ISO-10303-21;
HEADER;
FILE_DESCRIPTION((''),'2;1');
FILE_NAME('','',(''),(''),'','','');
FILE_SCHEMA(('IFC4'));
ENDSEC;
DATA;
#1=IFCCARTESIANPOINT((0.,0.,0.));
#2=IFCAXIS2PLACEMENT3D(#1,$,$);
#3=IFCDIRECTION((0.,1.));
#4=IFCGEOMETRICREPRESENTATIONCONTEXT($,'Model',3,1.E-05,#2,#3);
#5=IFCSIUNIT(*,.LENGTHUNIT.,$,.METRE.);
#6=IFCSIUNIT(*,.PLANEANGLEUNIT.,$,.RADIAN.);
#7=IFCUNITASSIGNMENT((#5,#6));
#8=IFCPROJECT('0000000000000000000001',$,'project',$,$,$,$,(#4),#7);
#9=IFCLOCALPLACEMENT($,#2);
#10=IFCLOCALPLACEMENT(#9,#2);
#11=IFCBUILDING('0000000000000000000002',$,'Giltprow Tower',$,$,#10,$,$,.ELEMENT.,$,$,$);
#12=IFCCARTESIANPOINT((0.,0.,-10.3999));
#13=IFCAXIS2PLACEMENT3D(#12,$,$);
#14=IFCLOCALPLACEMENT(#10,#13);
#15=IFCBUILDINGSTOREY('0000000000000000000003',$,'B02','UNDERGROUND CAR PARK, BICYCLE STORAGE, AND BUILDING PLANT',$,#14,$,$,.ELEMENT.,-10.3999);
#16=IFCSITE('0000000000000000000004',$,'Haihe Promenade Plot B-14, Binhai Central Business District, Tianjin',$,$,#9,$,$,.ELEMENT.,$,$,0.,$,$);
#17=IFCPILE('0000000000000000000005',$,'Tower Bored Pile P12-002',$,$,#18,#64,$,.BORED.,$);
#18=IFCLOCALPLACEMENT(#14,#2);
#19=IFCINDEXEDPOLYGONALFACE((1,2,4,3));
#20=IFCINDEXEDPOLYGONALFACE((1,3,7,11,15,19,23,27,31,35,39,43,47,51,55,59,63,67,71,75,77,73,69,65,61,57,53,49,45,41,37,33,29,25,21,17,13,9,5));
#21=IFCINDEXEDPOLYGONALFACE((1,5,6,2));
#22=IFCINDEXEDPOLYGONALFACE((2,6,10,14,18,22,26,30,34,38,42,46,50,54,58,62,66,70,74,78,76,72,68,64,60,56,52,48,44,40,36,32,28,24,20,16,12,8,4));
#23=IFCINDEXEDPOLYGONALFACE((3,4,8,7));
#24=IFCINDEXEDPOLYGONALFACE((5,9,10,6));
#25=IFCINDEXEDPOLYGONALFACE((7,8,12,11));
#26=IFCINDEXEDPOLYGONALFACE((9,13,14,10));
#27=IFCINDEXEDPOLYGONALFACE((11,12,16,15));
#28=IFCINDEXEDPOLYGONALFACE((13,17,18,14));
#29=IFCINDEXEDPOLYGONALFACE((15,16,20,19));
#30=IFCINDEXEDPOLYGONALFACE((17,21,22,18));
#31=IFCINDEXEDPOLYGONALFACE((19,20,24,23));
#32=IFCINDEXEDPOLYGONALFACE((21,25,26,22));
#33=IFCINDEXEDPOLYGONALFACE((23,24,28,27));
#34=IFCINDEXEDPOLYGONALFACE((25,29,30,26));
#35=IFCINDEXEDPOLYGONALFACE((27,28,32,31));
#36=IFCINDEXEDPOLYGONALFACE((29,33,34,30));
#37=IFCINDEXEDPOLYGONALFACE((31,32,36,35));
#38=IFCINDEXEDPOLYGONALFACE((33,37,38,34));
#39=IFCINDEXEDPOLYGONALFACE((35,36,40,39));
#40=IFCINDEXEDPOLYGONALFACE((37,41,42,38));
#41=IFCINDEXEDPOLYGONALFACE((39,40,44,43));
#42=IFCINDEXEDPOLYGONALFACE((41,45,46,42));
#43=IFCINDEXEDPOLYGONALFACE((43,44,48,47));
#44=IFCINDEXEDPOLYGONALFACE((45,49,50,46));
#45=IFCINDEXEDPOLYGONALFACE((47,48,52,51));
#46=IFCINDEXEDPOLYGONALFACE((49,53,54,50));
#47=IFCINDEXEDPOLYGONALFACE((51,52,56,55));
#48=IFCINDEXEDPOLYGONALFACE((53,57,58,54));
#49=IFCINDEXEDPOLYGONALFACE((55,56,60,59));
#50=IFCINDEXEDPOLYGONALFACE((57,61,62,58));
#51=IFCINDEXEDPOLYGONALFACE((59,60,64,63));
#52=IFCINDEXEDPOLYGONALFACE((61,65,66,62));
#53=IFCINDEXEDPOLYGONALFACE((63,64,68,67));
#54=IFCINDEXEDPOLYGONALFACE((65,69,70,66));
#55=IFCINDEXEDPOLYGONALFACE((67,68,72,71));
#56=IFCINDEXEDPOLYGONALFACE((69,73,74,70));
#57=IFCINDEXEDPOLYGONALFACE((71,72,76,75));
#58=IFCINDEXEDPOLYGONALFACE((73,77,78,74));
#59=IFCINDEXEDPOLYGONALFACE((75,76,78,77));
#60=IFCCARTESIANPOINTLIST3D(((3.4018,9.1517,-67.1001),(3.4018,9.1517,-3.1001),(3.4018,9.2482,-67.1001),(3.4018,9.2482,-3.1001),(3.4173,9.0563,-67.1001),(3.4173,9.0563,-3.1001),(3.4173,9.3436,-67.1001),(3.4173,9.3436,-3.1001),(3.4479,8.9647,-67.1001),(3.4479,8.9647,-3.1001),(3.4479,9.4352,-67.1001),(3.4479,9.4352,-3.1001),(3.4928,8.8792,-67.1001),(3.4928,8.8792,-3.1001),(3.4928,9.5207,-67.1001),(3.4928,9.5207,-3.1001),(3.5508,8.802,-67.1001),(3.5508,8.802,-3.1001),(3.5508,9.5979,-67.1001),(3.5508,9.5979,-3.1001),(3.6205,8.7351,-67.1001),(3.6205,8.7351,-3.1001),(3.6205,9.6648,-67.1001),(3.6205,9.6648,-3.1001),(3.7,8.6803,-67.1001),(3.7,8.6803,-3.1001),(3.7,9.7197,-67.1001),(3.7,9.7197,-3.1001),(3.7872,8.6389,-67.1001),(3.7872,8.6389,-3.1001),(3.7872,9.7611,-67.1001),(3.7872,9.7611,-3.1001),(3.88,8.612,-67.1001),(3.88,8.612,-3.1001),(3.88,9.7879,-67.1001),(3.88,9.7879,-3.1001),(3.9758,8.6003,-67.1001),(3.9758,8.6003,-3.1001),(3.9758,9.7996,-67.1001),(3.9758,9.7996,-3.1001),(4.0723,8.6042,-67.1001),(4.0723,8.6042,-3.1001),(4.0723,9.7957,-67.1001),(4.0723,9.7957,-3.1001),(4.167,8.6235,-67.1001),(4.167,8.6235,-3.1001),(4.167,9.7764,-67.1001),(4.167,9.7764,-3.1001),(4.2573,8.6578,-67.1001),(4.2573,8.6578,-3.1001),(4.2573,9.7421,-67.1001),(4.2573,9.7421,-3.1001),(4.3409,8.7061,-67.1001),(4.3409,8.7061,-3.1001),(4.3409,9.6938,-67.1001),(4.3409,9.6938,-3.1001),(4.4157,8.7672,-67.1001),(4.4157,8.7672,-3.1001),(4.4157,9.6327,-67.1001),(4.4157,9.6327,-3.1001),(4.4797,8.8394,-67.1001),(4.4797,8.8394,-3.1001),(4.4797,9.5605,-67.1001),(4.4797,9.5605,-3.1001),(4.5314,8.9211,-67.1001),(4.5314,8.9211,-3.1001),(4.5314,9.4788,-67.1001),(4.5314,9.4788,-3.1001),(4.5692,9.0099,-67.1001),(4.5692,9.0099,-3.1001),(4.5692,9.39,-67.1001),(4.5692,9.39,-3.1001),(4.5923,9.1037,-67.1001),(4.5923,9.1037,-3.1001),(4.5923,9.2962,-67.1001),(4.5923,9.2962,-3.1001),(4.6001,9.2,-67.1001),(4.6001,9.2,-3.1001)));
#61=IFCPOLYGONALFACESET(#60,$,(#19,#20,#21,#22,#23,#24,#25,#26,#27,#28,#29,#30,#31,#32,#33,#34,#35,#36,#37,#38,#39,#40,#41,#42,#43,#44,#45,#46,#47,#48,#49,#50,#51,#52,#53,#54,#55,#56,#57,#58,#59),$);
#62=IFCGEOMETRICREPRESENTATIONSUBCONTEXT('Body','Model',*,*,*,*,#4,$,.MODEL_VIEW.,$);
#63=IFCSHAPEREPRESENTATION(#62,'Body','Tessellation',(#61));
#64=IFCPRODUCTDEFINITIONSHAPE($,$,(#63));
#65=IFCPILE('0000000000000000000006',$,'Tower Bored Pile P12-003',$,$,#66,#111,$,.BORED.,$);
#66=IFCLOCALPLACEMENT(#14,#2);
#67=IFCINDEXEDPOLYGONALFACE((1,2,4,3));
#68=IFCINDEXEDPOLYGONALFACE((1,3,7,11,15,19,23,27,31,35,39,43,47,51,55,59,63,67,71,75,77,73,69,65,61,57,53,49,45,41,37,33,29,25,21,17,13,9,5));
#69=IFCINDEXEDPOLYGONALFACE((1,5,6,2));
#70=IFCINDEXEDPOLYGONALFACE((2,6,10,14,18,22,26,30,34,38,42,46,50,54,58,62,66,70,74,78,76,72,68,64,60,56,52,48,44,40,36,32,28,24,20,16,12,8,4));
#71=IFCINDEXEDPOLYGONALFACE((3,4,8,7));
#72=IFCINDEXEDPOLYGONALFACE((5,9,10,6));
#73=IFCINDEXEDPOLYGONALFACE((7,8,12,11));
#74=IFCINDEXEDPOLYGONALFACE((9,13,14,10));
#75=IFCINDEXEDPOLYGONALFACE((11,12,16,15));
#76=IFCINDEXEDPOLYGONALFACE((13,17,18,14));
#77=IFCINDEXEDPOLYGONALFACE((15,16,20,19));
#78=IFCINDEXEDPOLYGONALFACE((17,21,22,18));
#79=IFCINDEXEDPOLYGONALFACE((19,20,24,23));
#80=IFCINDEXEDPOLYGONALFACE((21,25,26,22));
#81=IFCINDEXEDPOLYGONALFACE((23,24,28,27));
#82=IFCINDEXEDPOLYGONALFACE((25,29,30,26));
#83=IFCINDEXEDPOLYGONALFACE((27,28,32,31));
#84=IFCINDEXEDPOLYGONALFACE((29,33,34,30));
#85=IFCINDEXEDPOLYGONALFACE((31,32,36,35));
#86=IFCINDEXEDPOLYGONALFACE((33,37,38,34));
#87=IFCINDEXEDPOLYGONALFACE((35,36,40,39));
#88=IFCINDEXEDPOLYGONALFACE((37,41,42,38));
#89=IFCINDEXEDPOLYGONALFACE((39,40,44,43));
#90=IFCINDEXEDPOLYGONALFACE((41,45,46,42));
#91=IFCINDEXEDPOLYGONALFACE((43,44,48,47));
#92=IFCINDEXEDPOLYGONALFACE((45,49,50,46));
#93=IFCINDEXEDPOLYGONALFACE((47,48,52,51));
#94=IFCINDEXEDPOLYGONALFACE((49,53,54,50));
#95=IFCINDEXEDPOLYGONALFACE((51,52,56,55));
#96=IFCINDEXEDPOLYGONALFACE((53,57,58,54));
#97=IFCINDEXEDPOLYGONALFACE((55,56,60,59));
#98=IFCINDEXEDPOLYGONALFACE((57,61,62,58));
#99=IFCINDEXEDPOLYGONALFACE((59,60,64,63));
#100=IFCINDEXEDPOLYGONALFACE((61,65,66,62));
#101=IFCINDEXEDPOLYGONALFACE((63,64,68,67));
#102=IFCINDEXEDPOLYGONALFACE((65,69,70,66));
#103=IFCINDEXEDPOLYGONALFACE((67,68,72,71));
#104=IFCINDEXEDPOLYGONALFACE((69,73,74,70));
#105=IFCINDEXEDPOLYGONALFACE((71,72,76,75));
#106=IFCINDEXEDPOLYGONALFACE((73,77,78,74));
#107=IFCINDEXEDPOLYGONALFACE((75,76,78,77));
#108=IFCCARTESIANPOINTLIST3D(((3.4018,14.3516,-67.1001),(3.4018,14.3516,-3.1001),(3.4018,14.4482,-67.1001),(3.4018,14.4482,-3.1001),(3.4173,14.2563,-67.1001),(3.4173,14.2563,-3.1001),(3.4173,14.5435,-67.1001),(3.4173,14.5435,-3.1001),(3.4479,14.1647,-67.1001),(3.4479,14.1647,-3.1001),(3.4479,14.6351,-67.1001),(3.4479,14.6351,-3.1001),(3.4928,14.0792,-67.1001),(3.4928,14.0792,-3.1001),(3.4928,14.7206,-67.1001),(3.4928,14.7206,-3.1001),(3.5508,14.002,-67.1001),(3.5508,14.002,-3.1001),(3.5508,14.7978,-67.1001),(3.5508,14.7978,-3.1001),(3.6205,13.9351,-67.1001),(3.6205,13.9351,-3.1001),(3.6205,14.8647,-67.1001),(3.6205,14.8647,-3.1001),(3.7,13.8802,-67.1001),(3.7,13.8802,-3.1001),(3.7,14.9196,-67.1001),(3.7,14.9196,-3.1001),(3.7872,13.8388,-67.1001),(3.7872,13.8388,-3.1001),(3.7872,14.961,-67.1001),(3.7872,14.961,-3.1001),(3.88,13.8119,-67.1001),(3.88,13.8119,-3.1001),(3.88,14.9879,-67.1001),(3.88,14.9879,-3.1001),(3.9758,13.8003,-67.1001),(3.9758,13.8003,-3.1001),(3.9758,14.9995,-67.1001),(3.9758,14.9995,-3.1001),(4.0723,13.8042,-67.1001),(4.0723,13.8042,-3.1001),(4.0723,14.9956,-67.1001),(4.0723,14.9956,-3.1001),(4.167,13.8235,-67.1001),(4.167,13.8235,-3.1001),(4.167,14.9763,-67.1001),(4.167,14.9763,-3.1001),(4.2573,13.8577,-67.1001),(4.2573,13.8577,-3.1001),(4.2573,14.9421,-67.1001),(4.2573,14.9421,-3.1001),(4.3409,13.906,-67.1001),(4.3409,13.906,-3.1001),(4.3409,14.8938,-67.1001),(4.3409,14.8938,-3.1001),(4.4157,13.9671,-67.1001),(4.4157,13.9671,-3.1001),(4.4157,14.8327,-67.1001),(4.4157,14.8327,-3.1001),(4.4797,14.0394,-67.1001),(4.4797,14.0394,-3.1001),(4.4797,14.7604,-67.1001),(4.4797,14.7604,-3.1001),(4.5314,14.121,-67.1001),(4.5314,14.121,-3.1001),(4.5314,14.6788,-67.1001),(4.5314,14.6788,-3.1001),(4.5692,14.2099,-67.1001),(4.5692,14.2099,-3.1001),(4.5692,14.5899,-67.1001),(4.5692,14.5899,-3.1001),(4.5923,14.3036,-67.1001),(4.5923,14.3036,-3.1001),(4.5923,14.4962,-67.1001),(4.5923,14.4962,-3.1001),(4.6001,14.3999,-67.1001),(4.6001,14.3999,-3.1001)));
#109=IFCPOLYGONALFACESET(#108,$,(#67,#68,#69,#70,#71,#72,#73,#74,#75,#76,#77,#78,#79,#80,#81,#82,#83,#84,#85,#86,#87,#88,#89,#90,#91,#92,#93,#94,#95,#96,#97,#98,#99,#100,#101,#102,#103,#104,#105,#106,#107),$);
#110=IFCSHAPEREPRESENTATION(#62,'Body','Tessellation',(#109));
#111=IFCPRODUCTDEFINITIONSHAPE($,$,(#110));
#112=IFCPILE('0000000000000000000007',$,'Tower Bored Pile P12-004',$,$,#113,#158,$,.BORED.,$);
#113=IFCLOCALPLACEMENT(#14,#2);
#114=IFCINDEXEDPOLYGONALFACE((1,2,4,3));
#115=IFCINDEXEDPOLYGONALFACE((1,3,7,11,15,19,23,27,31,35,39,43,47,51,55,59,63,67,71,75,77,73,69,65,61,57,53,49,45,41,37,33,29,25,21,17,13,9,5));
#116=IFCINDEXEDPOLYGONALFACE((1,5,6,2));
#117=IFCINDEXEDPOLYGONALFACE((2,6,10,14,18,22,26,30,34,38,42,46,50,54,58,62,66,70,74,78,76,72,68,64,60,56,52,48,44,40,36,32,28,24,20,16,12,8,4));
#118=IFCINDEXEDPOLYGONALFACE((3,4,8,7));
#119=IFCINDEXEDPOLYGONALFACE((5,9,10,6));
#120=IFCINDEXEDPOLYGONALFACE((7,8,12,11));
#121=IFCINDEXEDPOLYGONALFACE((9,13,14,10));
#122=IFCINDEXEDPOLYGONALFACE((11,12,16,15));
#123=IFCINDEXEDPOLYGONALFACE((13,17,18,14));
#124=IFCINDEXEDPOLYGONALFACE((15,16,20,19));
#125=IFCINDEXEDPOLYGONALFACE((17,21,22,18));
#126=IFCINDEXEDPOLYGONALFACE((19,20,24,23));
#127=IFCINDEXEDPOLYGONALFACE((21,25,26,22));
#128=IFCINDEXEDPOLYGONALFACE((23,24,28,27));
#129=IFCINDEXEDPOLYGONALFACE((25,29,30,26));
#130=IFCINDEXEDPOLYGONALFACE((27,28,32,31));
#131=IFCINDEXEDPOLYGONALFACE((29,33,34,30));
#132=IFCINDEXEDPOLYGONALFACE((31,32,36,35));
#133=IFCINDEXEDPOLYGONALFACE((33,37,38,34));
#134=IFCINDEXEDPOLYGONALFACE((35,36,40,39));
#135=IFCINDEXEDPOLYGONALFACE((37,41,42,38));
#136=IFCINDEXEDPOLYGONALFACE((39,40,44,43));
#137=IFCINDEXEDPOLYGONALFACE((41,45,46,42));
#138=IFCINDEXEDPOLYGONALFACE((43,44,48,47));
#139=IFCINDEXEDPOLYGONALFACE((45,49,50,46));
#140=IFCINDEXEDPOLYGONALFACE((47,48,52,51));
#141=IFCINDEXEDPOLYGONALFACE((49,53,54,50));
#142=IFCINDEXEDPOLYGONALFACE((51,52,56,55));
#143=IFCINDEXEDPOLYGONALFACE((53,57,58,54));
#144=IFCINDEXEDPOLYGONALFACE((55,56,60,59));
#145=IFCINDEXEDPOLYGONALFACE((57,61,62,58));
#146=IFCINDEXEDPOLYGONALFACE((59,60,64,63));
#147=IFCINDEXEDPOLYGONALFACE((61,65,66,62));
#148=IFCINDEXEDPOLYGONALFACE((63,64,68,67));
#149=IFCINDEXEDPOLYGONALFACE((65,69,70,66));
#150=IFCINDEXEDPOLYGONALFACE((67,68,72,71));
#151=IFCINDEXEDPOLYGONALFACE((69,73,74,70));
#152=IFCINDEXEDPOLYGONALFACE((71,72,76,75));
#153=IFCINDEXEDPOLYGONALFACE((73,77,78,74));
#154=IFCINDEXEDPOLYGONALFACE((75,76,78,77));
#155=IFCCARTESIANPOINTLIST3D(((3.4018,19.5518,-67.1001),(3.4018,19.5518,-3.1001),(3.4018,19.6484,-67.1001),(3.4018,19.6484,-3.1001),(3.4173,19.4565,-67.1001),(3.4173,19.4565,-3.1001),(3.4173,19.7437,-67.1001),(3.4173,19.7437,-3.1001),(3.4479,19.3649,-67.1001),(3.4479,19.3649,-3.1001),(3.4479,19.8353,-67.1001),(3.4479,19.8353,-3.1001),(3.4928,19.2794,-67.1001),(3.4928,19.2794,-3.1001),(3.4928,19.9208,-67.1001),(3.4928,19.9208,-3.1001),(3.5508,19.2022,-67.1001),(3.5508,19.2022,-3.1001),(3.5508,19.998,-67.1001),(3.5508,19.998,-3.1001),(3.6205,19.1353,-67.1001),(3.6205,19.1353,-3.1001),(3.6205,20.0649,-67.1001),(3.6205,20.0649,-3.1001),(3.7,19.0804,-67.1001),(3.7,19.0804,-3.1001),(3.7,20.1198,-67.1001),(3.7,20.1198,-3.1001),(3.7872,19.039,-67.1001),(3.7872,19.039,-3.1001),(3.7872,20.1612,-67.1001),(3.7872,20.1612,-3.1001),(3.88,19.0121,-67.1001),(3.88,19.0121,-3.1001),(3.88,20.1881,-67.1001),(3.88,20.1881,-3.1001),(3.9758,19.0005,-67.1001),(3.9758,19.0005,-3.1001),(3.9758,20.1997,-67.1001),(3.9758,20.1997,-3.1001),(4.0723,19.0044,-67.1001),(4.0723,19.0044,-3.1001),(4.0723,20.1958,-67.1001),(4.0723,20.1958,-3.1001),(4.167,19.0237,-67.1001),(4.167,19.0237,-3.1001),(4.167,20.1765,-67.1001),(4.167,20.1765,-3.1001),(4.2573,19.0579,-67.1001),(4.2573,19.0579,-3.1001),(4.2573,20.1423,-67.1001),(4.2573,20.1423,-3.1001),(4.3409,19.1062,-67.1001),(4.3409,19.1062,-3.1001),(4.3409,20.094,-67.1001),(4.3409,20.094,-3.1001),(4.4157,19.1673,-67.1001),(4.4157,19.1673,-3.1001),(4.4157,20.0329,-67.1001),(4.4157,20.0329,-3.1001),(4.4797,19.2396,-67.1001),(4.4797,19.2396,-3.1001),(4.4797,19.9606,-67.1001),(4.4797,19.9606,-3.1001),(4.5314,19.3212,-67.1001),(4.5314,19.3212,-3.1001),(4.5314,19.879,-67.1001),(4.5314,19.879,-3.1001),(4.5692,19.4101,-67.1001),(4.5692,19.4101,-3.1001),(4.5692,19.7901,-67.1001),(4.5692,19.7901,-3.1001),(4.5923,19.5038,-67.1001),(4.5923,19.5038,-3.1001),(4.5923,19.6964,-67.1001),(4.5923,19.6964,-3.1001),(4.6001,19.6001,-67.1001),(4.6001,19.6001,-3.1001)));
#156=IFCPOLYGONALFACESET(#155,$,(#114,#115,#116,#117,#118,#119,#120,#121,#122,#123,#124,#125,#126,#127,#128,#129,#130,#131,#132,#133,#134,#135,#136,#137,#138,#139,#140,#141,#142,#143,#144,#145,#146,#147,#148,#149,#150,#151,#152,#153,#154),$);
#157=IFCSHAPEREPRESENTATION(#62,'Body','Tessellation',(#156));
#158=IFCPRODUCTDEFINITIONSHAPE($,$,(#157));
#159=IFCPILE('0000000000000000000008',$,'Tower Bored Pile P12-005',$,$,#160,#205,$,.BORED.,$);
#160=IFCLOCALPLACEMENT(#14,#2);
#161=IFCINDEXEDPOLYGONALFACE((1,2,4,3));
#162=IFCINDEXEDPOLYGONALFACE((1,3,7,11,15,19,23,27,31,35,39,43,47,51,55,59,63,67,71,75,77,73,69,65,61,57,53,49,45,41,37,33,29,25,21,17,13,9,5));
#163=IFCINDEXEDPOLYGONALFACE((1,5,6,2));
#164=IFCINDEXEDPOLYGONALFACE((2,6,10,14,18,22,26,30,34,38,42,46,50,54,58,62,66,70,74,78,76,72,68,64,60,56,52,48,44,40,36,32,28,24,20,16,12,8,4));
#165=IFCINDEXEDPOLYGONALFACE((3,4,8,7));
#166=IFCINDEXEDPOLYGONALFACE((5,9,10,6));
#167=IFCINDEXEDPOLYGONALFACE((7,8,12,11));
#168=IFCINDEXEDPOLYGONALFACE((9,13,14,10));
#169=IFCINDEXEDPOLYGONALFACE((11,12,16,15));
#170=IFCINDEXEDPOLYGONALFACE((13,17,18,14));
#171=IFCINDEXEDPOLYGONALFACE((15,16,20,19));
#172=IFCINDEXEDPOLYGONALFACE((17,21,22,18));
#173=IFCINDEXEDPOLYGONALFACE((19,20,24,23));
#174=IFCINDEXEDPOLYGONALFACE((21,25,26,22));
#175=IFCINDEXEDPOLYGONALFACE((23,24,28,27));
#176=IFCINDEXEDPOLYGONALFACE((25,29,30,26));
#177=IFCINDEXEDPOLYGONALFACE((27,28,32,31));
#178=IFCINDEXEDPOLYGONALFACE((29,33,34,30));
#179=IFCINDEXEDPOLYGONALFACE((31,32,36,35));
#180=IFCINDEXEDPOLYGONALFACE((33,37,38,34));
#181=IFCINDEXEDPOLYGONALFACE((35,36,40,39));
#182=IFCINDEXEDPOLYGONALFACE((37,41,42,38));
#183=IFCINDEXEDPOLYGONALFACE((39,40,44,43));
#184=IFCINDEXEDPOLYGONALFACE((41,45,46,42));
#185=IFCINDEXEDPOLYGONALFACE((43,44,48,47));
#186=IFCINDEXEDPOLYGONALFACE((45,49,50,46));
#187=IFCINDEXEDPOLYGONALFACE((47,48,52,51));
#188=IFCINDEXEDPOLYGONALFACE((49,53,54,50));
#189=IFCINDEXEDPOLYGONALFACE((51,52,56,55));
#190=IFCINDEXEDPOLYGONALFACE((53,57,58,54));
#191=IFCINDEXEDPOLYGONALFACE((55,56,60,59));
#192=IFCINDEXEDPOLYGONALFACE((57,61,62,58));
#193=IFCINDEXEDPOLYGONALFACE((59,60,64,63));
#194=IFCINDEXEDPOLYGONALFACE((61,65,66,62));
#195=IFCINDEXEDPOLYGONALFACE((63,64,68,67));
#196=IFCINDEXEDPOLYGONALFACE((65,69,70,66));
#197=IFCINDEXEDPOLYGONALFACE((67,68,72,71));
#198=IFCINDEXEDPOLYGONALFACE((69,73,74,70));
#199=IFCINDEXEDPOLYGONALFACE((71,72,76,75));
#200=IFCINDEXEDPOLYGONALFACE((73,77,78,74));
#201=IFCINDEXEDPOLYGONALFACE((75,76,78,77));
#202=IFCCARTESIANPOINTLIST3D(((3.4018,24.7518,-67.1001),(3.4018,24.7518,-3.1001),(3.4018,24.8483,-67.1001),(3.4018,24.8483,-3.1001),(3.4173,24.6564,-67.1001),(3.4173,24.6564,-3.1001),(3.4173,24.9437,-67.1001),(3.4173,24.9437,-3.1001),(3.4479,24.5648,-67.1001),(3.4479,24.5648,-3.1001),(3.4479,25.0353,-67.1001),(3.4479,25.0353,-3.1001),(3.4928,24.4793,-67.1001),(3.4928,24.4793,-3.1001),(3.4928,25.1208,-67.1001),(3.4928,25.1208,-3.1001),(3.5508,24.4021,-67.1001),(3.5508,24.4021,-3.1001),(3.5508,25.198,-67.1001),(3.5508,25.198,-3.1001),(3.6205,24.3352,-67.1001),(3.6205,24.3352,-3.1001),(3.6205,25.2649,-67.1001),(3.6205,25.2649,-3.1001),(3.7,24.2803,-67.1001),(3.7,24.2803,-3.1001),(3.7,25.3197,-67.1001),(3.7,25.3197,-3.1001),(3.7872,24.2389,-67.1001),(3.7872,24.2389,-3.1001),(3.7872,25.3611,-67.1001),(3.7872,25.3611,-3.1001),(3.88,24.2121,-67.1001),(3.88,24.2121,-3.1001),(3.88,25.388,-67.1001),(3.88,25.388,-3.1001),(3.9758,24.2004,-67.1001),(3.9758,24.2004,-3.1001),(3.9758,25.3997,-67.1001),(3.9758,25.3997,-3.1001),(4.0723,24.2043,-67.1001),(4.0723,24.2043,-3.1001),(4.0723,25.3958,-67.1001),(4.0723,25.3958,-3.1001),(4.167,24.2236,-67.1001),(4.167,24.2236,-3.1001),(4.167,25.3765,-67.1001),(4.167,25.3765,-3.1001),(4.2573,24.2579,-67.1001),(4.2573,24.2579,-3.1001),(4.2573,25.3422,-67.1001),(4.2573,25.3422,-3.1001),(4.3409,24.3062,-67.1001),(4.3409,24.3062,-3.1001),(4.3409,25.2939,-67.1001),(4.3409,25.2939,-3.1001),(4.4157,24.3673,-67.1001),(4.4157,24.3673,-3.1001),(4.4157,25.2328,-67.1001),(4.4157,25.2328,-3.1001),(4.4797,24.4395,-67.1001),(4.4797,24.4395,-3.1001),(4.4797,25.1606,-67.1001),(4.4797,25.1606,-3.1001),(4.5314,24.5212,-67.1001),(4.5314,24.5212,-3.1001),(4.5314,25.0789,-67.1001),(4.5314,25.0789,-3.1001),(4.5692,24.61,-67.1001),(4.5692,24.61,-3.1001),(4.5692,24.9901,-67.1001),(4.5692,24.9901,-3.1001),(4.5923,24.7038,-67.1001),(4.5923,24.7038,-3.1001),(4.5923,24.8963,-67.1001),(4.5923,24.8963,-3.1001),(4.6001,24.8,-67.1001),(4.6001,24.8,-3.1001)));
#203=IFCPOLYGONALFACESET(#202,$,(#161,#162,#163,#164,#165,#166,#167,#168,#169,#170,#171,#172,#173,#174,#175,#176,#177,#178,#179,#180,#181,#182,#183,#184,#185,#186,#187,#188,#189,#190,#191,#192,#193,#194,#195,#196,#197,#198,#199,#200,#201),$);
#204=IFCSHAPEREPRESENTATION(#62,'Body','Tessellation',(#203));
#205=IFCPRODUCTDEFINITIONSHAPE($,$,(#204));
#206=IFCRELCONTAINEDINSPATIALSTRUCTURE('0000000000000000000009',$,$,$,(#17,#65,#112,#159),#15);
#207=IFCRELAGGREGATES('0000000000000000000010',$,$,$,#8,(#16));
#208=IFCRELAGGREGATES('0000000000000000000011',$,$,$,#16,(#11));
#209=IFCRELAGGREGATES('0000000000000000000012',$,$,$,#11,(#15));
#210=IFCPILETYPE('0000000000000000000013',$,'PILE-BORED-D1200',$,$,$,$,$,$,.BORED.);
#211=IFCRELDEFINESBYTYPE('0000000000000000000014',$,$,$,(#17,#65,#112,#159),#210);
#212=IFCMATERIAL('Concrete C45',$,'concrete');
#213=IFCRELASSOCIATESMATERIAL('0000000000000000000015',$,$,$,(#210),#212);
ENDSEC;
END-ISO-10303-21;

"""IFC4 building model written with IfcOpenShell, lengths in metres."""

from ifc_helpers import new_model, si_unit, direction, frame, origin, origin_2d, place, context, subcontext, project, spatial, circle, extrude, source, transform, mapped, material, material_profile, profile_set, type_object, element, save


model = new_model("IFC4")

# Units and contexts
model_context = context("Model", 3, precision=1e-05, world=origin(), true_north=direction((0.0, 1.0)))
body_context = subcontext(model_context, "Body", "Model", "MODEL_VIEW")
ifc_project = project(units=[si_unit("LENGTHUNIT", "METRE"), si_unit("PLANEANGLEUNIT", "RADIAN")], contexts=[model_context])

# Site, building, storey
site_placement = place(None, origin())
site = spatial("IfcSite", under=ifc_project, at=site_placement, Name="Haihe Promenade Plot B-14, Binhai Central Business District, Tianjin", CompositionType="ELEMENT", RefElevation=0.0)
building_placement = place(site_placement, origin())
building = spatial("IfcBuilding", under=site, at=building_placement, Name="Giltprow Tower", CompositionType="ELEMENT")
storey_placement = place(building_placement, frame((0.0, 0.0, -10.3999)))
storey = spatial("IfcBuildingStorey", under=building, at=storey_placement, Name="B02", Description="UNDERGROUND CAR PARK, BICYCLE STORAGE, AND BUILDING PLANT", CompositionType="ELEMENT", Elevation=-10.3999)

# Piles
ifc_material_1 = material(Name="Concrete C45", Category="concrete")
ifc_material_profile_1 = material_profile(ifc_material_1, circle(Radius=0.6001, at=origin_2d()), Name="PILE D1200")
ifc_profile_set_1 = profile_set([ifc_material_profile_1], Name="Concrete C45")
pile_type_1 = type_object("IfcPileType", Name="PILE-BORED-D1200", PredefinedType="BORED", material=ifc_profile_set_1)
shared_shape_1 = source(origin(), body_context, "Body", "SweptSolid", [
    extrude(circle(Radius=0.6001, at=origin_2d()), origin(), (0.0, 0.0, 1.0), 64.0),
])
for number, where, z_axis, x_axis, name in (
    (1, (4.0, 9.2, -3.1001), (0.0, 0.0, -1.0), (1.0, 0.0, 0.0), "Tower Bored Pile P12-002"),
    (2, (4.0, 14.3999, -3.1001), (0.0, 0.0, -1.0), (1.0, 0.0, 0.0), "Tower Bored Pile P12-003"),
    (3, (4.0, 19.6001, -3.1001), (0.0, 0.0, -1.0), (1.0, 0.0, 0.0), "Tower Bored Pile P12-004"),
    (4, (4.0, 24.8, -3.1001), (0.0, 0.0, -1.0), (1.0, 0.0, 0.0), "Tower Bored Pile P12-005"),
):
    element("IfcPile", number, at=place(storey_placement, frame(where, z_axis=z_axis, x_axis=x_axis)), inside=storey, type_object=pile_type_1, Name=name, PredefinedType="BORED", context=body_context, shape_type="MappedRepresentation", body=[
        mapped(shared_shape_1, transform((0.0, 0.0, 0.0), x_axis=(1.0, 0.0, 0.0), y_axis=(0.0, 1.0, 0.0), z_axis=(0.0, 0.0, 1.0), scale=1.0)),
    ])

save(model, "model.ifc")
